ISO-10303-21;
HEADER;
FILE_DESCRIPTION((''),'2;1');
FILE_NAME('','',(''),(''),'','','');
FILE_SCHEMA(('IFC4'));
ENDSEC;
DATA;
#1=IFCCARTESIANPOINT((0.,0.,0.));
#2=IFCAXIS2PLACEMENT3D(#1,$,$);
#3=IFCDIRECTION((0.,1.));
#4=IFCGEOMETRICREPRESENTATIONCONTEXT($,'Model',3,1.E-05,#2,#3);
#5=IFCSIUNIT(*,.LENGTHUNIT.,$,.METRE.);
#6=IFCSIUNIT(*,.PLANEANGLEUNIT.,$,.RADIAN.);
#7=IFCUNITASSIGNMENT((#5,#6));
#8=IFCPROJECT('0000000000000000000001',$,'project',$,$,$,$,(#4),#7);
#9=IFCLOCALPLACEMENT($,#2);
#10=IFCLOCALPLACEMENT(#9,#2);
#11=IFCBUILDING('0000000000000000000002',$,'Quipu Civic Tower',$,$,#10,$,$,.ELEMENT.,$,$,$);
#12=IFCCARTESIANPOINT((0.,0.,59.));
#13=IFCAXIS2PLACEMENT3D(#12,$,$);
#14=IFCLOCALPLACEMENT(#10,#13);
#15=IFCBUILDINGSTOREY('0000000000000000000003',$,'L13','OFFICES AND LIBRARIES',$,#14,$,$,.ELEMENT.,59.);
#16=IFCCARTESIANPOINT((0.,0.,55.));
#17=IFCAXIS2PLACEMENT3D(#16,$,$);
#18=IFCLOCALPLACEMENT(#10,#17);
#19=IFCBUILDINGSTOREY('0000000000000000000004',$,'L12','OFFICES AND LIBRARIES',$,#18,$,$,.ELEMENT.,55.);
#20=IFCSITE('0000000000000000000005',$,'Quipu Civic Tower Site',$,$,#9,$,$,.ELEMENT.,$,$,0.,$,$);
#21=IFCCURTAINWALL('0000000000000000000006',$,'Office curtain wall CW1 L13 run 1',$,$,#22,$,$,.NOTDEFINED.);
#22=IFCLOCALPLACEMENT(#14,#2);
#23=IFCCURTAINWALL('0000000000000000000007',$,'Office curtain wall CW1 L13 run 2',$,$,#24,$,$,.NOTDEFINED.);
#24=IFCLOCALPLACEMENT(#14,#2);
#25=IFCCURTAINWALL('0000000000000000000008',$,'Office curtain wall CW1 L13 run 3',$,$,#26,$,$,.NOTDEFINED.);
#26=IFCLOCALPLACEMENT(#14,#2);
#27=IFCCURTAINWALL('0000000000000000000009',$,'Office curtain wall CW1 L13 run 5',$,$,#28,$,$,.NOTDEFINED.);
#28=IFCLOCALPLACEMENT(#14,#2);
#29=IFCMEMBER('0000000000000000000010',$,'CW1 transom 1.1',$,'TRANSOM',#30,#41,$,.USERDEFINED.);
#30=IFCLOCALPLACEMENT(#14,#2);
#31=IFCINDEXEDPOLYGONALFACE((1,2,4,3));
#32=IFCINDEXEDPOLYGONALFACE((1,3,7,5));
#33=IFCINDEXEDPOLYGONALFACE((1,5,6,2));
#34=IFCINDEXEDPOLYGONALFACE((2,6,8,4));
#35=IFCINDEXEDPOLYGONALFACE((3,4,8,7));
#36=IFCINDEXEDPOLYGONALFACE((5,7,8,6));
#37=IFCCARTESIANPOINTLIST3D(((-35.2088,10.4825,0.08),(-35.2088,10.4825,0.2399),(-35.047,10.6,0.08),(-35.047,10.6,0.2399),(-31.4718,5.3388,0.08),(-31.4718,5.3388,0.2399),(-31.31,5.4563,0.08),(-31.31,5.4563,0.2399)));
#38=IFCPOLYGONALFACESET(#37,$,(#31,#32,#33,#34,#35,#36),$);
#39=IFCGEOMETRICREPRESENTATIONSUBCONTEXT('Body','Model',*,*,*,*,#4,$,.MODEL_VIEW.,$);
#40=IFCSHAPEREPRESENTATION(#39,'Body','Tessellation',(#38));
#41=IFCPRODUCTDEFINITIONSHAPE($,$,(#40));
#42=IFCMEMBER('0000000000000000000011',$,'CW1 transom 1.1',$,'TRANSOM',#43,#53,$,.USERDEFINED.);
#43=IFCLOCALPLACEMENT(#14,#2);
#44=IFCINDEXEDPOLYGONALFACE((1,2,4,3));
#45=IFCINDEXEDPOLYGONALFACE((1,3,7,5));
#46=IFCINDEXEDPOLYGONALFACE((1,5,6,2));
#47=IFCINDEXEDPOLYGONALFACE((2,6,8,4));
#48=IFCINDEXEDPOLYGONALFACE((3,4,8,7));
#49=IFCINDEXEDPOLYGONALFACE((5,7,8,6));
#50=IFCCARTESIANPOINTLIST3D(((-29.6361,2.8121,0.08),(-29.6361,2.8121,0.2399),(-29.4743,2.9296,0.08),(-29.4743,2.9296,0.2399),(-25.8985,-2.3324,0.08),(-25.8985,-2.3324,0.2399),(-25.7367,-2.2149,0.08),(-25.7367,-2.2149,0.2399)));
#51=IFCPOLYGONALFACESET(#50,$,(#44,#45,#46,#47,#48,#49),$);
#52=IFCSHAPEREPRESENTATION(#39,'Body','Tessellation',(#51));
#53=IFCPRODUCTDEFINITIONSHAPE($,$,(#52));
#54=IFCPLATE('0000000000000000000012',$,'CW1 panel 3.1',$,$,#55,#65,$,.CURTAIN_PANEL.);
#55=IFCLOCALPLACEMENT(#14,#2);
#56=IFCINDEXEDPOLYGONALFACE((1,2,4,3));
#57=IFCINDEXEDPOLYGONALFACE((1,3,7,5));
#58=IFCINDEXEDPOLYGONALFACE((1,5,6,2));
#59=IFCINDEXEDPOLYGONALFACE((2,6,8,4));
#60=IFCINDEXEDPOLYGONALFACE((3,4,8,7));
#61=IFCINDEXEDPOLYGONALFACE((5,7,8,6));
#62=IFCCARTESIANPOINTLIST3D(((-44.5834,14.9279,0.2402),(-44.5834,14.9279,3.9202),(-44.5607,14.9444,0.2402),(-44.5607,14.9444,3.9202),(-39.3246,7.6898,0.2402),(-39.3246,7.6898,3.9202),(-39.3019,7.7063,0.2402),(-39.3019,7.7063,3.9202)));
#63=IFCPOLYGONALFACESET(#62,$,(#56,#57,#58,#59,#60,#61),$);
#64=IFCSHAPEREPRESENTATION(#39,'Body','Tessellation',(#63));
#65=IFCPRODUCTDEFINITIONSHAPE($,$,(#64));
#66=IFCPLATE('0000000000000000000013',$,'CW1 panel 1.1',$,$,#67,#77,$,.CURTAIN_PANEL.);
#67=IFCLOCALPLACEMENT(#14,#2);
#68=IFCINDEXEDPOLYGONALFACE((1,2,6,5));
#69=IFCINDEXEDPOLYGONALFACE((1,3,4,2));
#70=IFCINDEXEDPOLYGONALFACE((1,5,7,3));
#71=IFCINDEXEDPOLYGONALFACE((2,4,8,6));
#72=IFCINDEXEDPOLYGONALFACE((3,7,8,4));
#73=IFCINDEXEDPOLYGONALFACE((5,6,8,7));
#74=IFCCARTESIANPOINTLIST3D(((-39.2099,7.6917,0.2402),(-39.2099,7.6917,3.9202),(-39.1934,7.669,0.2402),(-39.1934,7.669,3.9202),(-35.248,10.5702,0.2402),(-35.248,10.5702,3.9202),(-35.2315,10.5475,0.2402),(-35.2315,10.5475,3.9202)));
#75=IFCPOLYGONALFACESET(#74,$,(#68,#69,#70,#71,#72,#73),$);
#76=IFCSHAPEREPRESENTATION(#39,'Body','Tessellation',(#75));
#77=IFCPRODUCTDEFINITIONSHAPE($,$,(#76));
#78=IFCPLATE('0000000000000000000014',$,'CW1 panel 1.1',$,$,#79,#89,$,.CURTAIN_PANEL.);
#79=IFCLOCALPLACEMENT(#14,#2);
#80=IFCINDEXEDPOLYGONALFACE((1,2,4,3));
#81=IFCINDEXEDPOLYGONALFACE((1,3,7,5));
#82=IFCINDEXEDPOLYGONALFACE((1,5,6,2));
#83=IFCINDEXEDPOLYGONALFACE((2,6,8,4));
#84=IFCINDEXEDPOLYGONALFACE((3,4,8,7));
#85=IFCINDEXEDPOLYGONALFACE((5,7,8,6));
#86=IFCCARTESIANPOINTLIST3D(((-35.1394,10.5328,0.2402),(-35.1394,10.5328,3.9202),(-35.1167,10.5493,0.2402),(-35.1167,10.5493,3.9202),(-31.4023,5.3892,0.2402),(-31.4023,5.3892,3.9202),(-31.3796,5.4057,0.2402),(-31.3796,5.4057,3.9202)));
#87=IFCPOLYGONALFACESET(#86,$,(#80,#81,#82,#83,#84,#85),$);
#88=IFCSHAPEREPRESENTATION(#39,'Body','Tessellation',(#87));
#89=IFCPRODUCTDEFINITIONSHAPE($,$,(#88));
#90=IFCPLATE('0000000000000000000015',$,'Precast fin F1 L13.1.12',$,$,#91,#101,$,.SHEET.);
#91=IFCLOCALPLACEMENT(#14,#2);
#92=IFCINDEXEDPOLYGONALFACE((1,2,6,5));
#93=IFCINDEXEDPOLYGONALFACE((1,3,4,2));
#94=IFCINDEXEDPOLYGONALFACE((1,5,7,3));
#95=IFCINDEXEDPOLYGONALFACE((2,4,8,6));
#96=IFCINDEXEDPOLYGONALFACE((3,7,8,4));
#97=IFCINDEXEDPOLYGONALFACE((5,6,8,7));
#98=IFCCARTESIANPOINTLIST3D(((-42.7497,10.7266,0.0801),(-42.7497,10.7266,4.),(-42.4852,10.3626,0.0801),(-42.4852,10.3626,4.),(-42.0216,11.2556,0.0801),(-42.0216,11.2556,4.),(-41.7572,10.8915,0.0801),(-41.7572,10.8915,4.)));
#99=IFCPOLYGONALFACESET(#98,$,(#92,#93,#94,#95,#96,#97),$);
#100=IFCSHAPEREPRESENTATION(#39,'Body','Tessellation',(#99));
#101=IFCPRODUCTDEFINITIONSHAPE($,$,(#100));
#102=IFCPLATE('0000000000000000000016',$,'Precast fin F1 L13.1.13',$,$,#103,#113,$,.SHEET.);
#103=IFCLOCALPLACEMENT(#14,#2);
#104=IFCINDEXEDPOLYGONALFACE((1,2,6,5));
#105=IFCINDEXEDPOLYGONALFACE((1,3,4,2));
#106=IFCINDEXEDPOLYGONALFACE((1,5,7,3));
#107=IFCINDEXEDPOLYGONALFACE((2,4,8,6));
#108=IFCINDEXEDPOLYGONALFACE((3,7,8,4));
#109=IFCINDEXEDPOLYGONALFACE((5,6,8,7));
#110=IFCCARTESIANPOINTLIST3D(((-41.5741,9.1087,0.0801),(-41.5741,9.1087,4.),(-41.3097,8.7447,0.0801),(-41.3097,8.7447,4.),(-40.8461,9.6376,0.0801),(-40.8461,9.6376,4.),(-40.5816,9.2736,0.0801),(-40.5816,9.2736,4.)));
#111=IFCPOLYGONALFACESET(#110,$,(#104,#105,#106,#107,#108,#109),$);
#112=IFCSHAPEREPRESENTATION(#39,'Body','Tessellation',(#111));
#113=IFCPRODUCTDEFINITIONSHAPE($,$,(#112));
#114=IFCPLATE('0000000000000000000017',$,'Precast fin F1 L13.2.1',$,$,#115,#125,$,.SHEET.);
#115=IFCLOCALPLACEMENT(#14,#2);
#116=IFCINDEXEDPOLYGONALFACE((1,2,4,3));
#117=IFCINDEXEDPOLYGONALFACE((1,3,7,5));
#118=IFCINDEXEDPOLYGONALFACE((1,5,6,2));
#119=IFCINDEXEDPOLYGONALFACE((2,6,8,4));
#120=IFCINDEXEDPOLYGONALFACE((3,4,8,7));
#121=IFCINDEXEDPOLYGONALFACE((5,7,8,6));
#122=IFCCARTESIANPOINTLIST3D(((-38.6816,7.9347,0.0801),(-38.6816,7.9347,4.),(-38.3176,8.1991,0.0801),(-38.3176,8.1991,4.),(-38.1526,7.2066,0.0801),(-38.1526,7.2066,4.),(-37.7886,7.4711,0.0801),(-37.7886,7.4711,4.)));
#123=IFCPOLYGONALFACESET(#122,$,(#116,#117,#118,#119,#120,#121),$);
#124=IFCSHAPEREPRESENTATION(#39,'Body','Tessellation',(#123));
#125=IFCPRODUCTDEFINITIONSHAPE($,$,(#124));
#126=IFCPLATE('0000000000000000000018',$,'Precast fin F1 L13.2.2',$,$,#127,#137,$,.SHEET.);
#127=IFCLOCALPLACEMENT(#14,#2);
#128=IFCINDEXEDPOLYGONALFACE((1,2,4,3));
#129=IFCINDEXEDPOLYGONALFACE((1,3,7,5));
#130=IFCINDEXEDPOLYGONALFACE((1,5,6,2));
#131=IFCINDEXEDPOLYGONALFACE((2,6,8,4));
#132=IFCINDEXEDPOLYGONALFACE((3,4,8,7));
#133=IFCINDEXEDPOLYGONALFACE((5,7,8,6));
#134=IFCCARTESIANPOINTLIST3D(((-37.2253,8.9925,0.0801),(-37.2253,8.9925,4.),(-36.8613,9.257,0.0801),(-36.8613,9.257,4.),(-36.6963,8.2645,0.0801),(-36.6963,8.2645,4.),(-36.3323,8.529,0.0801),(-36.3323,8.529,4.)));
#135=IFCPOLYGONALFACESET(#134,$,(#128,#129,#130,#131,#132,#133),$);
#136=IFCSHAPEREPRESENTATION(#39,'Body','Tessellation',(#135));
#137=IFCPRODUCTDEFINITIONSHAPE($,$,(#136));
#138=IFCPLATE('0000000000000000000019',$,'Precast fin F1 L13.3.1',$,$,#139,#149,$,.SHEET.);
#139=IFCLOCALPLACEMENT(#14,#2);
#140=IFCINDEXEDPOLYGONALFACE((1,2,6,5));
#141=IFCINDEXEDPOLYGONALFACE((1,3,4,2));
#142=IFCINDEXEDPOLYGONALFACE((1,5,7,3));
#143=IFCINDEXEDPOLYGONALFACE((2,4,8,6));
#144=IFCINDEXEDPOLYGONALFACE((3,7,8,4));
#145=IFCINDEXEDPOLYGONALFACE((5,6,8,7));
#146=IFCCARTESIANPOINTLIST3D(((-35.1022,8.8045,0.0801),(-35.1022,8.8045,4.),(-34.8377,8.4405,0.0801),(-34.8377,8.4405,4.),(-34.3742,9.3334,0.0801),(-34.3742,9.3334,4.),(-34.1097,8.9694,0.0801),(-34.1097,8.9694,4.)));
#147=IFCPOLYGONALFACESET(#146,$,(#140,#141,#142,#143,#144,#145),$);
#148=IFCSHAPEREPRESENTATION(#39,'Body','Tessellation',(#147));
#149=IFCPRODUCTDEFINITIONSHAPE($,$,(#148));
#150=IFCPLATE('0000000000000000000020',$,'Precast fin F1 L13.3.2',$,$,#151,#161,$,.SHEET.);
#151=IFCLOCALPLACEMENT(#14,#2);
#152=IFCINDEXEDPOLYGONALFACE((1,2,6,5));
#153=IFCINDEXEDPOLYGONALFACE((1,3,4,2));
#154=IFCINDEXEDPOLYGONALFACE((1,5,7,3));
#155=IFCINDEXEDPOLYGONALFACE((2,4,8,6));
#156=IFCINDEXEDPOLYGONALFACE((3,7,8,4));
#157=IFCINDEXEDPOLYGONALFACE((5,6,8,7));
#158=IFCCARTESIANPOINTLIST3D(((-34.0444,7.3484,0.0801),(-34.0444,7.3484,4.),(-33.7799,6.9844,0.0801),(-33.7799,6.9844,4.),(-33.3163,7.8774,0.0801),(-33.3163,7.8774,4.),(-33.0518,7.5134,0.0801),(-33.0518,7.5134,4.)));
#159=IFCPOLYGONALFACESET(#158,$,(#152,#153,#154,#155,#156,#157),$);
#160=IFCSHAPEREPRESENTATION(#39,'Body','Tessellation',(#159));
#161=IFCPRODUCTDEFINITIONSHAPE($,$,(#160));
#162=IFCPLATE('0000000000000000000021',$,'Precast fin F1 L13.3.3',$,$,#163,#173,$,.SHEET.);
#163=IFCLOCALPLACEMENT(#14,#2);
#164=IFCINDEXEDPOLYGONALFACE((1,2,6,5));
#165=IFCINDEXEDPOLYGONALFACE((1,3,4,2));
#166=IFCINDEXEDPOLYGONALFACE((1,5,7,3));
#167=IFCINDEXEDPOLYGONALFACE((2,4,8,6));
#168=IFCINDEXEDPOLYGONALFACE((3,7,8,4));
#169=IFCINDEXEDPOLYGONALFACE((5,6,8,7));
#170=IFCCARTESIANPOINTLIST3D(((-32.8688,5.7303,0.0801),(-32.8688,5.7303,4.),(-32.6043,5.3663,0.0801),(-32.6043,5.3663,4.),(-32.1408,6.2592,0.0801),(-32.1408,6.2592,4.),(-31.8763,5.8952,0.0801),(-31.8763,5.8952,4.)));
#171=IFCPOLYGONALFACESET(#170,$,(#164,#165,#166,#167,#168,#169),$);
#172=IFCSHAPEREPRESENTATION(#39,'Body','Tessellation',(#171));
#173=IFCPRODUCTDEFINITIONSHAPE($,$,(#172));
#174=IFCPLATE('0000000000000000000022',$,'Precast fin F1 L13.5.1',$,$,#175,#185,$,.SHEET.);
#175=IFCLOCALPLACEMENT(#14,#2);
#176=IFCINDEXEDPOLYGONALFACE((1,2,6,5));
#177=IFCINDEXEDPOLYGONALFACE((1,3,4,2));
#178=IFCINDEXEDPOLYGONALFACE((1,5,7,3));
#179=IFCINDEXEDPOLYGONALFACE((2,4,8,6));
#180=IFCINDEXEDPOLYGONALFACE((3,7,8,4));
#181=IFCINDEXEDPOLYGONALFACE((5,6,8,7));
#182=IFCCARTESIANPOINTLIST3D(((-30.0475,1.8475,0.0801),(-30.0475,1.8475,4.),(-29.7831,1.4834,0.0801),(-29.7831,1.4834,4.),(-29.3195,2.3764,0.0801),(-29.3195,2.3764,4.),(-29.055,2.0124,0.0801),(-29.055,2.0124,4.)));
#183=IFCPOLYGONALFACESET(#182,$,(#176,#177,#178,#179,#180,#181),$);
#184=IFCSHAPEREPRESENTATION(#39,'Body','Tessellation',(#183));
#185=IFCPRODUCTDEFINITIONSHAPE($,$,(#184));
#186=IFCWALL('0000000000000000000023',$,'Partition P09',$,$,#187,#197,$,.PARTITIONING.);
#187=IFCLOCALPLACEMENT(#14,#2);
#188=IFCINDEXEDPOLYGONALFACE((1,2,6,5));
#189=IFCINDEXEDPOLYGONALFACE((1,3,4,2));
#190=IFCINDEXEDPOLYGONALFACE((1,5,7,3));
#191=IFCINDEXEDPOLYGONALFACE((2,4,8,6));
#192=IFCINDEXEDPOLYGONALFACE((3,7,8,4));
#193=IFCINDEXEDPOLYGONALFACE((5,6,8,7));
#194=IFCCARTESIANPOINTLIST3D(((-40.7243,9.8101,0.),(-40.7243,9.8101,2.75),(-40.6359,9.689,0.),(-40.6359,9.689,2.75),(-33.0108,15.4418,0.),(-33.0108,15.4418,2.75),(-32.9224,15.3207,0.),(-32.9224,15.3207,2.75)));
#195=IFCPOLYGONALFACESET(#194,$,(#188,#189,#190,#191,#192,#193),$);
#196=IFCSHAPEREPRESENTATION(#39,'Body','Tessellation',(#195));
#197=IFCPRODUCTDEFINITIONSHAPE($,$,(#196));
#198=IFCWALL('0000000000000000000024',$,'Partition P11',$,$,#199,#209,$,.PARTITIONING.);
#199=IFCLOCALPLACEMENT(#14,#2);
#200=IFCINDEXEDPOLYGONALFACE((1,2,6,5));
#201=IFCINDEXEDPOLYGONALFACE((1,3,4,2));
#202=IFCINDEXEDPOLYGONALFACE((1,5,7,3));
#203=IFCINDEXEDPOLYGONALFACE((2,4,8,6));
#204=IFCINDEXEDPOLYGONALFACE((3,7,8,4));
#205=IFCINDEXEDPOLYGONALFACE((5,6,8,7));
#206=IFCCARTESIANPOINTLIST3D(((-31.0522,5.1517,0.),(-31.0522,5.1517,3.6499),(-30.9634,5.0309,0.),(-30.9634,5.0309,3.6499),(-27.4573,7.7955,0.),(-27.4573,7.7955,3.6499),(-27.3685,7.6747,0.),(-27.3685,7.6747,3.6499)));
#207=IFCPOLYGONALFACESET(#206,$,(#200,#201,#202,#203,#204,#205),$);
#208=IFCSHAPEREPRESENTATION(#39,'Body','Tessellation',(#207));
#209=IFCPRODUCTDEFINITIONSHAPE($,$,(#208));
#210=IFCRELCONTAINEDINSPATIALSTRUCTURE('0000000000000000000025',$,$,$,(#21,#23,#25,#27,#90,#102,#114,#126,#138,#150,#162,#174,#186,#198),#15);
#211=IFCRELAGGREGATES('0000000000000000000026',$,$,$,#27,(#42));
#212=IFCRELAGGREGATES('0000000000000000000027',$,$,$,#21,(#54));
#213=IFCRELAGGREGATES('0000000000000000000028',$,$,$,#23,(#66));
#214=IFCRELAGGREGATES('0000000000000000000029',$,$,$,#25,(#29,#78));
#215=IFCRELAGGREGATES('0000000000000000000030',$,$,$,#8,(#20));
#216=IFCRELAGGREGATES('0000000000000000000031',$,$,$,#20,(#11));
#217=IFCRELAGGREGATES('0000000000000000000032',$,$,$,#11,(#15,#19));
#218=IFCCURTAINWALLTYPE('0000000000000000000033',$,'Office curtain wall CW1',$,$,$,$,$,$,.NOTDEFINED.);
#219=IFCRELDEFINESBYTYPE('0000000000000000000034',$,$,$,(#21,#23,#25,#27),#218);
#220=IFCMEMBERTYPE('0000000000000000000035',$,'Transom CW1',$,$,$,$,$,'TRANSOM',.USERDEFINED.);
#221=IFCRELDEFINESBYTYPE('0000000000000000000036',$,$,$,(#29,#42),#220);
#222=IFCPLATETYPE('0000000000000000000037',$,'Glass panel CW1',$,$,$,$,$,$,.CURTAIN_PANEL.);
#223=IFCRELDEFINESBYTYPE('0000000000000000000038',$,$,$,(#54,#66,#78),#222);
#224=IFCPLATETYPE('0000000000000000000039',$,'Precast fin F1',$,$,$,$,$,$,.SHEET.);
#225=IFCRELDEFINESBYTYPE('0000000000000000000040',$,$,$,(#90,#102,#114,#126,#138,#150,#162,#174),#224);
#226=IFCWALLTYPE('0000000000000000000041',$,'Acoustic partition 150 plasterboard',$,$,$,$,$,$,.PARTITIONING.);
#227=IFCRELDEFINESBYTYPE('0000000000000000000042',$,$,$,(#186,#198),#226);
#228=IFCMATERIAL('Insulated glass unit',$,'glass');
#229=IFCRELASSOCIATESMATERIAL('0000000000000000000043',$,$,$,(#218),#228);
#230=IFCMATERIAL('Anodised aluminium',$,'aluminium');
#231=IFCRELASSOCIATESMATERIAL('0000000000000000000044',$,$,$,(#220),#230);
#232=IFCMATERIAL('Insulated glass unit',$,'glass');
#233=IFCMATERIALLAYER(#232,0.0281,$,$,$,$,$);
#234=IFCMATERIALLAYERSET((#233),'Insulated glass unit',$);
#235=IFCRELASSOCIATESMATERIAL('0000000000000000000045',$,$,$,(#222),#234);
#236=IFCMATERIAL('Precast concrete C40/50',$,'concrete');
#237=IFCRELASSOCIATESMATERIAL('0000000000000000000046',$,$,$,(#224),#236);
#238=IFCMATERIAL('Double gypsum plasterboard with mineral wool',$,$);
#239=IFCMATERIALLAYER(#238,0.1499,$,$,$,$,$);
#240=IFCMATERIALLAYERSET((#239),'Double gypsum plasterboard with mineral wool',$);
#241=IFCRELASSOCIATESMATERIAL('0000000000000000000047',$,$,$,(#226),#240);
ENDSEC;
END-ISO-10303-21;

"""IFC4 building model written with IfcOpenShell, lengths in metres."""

from ifc_helpers import new_model, si_unit, direction, frame, frame_2d, origin, origin_2d, place, context, subcontext, project, spatial, rectangle, extrude, material, layer, layer_set, material_profile, profile_set, type_object, element, aggregate, save


model = new_model("IFC4")

# Units and contexts
model_context = context("Model", 3, precision=1e-05, world=origin(), true_north=direction((0.0, 1.0)))
body_context = subcontext(model_context, "Body", "Model", "MODEL_VIEW")
ifc_project = project(units=[si_unit("LENGTHUNIT", "METRE"), si_unit("PLANEANGLEUNIT", "RADIAN")], contexts=[model_context])

# Site, building, storey
site_placement = place(None, origin())
site = spatial("IfcSite", under=ifc_project, at=site_placement, Name="Quipu Civic Tower Site", CompositionType="ELEMENT", RefElevation=0.0)
building_placement = place(site_placement, origin())
building = spatial("IfcBuilding", under=site, at=building_placement, Name="Quipu Civic Tower", CompositionType="ELEMENT")
storey_1_placement = place(building_placement, frame((0.0, 0.0, 59.0)))
storey_1 = spatial("IfcBuildingStorey", under=building, at=storey_1_placement, Name="L13", Description="OFFICES AND LIBRARIES", CompositionType="ELEMENT", Elevation=59.0)

# Curtain wall
ifc_material_1 = material(Name="Insulated glass unit", Category="glass")
curtain_wall_type = type_object("IfcCurtainWallType", Name="Office curtain wall CW1", PredefinedType="NOTDEFINED", material=ifc_material_1)
curtain_wall_1_placement = place(storey_1_placement, origin())
curtain_wall_1 = element("IfcCurtainWall", 1, at=curtain_wall_1_placement, inside=storey_1, type_object=curtain_wall_type, Name="Office curtain wall CW1 L13 run 1", PredefinedType="NOTDEFINED")

# Curtain walls
curtain_wall_2_placement = place(storey_1_placement, origin())
curtain_wall_2 = element("IfcCurtainWall", 2, at=curtain_wall_2_placement, inside=storey_1, type_object=curtain_wall_type, Name="Office curtain wall CW1 L13 run 2", PredefinedType="NOTDEFINED")
curtain_wall_3_placement = place(storey_1_placement, origin())
curtain_wall_3 = element("IfcCurtainWall", 3, at=curtain_wall_3_placement, inside=storey_1, type_object=curtain_wall_type, Name="Office curtain wall CW1 L13 run 3", PredefinedType="NOTDEFINED")

# Curtain wall
curtain_wall_4_placement = place(storey_1_placement, origin())
curtain_wall_4 = element("IfcCurtainWall", 4, at=curtain_wall_4_placement, inside=storey_1, type_object=curtain_wall_type, Name="Office curtain wall CW1 L13 run 5", PredefinedType="NOTDEFINED")

# Shared definitions
storey_2_placement = place(building_placement, frame((0.0, 0.0, 55.0)))
storey_2 = spatial("IfcBuildingStorey", under=building, at=storey_2_placement, Name="L12", Description="OFFICES AND LIBRARIES", CompositionType="ELEMENT", Elevation=55.0)

# Shared definitions
ifc_material_2 = material(Name="Anodised aluminium", Category="aluminium")
ifc_material_profile_1 = material_profile(ifc_material_2, rectangle(XDim=0.2, YDim=0.1599, at=origin_2d()), Name="RECT 200x160")
ifc_profile_set_1 = profile_set([ifc_material_profile_1], Name="Anodised aluminium")
member_type_1 = type_object("IfcMemberType", Name="Transom CW1", ElementType="TRANSOM", PredefinedType="USERDEFINED", material=ifc_profile_set_1)

# Members
member_1_placement = place(storey_1_placement, frame((-35.1279, 10.5413, 0.1599), z_axis=(0.587772, -0.809027, 0.0), x_axis=(0.809027, 0.587772, 0.0)))
member_1 = element("IfcMember", 5, at=member_1_placement, type_object=member_type_1, Name="CW1 transom 1.1", ObjectType="TRANSOM", PredefinedType="USERDEFINED", context=body_context, shape_type="SweptSolid", body=[
    extrude(rectangle(XDim=0.2, YDim=0.1599, at=origin_2d()), origin(), (0.0, 0.0, 1.0), 6.3579),
])
member_2_placement = place(storey_1_placement, frame((-29.5552, 2.8708, 0.1599), z_axis=(0.587768, -0.80903, 0.0), x_axis=(0.80903, 0.587768, 0.0)))
member_2 = element("IfcMember", 6, at=member_2_placement, type_object=member_type_1, Name="CW1 transom 1.1", ObjectType="TRANSOM", PredefinedType="USERDEFINED", context=body_context, shape_type="SweptSolid", body=[
    extrude(rectangle(XDim=0.2, YDim=0.1599, at=origin_2d()), origin(), (0.0, 0.0, 1.0), 6.3589),
])
aggregate(curtain_wall_4, [member_2])

# Plates
ifc_material_3 = material(Name="Insulated glass unit", Category="glass")
ifc_layer_1 = layer(ifc_material_3, 0.0281)
ifc_layer_set_1 = layer_set([ifc_layer_1], Name="Insulated glass unit")
plate_type_1 = type_object("IfcPlateType", Name="Glass panel CW1", PredefinedType="CURTAIN_PANEL", material=ifc_layer_set_1)
plate_1_placement = place(storey_1_placement, frame((-41.9426, 11.3171, 0.2402), z_axis=(0.0, 0.0, 1.0), x_axis=(0.587787, -0.809015, 0.0)))
plate_1 = element("IfcPlate", 7, at=plate_1_placement, type_object=plate_type_1, Name="CW1 panel 3.1", PredefinedType="CURTAIN_PANEL", context=body_context, shape_type="SweptSolid", body=[
    extrude(rectangle(XDim=8.9468, YDim=0.0281, at=origin_2d()), origin(), (0.0, 0.0, 1.0), 3.6799),
])
aggregate(curtain_wall_1, [plate_1])
plate_2_placement = place(storey_1_placement, frame((-37.2207, 9.1196, 0.2402), z_axis=(0.0, 0.0, 1.0), x_axis=(0.809017, 0.587785, 0.0)))
plate_2 = element("IfcPlate", 8, at=plate_2_placement, type_object=plate_type_1, Name="CW1 panel 1.1", PredefinedType="CURTAIN_PANEL", context=body_context, shape_type="SweptSolid", body=[
    extrude(rectangle(XDim=4.8972, YDim=0.0281, at=origin_2d()), origin(), (0.0, 0.0, 1.0), 3.6799),
])
aggregate(curtain_wall_2, [plate_2])
plate_3_placement = place(storey_1_placement, frame((-33.2595, 7.9692, 0.2402), z_axis=(0.0, 0.0, 1.0), x_axis=(0.587785, -0.809017, 0.0)))
plate_3 = element("IfcPlate", 9, at=plate_3_placement, type_object=plate_type_1, Name="CW1 panel 1.1", PredefinedType="CURTAIN_PANEL", context=body_context, shape_type="SweptSolid", body=[
    extrude(rectangle(XDim=6.3579, YDim=0.0281, at=origin_2d()), origin(), (0.0, 0.0, 1.0), 3.6799),
])
aggregate(curtain_wall_3, [member_1, plate_3])

# Plates
ifc_material_4 = material(Name="Precast concrete C40/50", Category="concrete")
plate_type_2 = type_object("IfcPlateType", Name="Precast fin F1", PredefinedType="SHEET", material=ifc_material_4)
for number, where, z_axis, x_axis, name in (
    (10, (-42.2534, 10.8091, 0.0801), (0.0, 0.0, 1.0), (0.587786, -0.809016, 0.0), "Precast fin F1 L13.1.12"),
    (11, (-41.0779, 9.1912, 0.0801), (0.0, 0.0, 1.0), (0.587786, -0.809016, 0.0), "Precast fin F1 L13.1.13"),
    (12, (-38.2351, 7.7029, 0.0801), (0.0, 0.0, 1.0), (0.809017, 0.587785, 0.0), "Precast fin F1 L13.2.1"),
    (13, (-36.7788, 8.7607, 0.0801), (0.0, 0.0, 1.0), (0.809017, 0.587785, 0.0), "Precast fin F1 L13.2.2"),
    (14, (-34.606, 8.887, 0.0801), (0.0, 0.0, 1.0), (0.587784, -0.809018, 0.0), "Precast fin F1 L13.3.1"),
    (15, (-33.5481, 7.4309, 0.0801), (0.0, 0.0, 1.0), (0.587784, -0.809018, 0.0), "Precast fin F1 L13.3.2"),
    (16, (-32.3726, 5.8127, 0.0801), (0.0, 0.0, 1.0), (0.587784, -0.809018, 0.0), "Precast fin F1 L13.3.3"),
    (17, (-29.5513, 1.9299, 0.0801), (0.0, 0.0, 1.0), (0.587784, -0.809018, 0.0), "Precast fin F1 L13.5.1"),
):
    element("IfcPlate", number, at=place(storey_1_placement, frame(where, z_axis=z_axis, x_axis=x_axis)), inside=storey_1, type_object=plate_type_2, Name=name, PredefinedType="SHEET", context=body_context, shape_type="SweptSolid", body=[
        extrude(rectangle(XDim=0.45, YDim=0.8999, at=origin_2d()), origin(), (0.0, 0.0, 1.0), 3.9199),
    ])

# Walls
ifc_material_5 = material(Name="Double gypsum plasterboard with mineral wool")
ifc_layer_2 = layer(ifc_material_5, 0.1499)
ifc_layer_set_2 = layer_set([ifc_layer_2], Name="Double gypsum plasterboard with mineral wool")
wall_type_1 = type_object("IfcWallType", Name="Acoustic partition 150 plasterboard", PredefinedType="PARTITIONING", material=ifc_layer_set_2)
wall_1_placement = place(storey_1_placement, frame((-40.6802, 9.7495, 0.0), z_axis=(0.0, 0.0, 1.0), x_axis=(0.807646, 0.589668, 0.0)))
element("IfcWall", 18, at=wall_1_placement, inside=storey_1, type_object=wall_type_1, Name="Partition P09", PredefinedType="PARTITIONING", context=body_context, shape_type="SweptSolid", body=[
    extrude(rectangle(XDim=9.5505, YDim=0.1499, at=frame_2d((4.7754, 0.0))), origin(), (0.0, 0.0, 1.0), 2.75),
])
wall_2_placement = place(storey_1_placement, frame((-31.0078, 5.0913, 0.0), z_axis=(0.0, 0.0, 1.0), x_axis=(0.805604, 0.592454, 0.0)))
element("IfcWall", 19, at=wall_2_placement, inside=storey_1, type_object=wall_type_1, Name="Partition P11", PredefinedType="PARTITIONING", context=body_context, shape_type="SweptSolid", body=[
    extrude(rectangle(XDim=4.4624, YDim=0.1499, at=frame_2d((2.2312, 0.0))), origin(), (0.0, 0.0, 1.0), 3.6499),
])

save(model, "model.ifc")
